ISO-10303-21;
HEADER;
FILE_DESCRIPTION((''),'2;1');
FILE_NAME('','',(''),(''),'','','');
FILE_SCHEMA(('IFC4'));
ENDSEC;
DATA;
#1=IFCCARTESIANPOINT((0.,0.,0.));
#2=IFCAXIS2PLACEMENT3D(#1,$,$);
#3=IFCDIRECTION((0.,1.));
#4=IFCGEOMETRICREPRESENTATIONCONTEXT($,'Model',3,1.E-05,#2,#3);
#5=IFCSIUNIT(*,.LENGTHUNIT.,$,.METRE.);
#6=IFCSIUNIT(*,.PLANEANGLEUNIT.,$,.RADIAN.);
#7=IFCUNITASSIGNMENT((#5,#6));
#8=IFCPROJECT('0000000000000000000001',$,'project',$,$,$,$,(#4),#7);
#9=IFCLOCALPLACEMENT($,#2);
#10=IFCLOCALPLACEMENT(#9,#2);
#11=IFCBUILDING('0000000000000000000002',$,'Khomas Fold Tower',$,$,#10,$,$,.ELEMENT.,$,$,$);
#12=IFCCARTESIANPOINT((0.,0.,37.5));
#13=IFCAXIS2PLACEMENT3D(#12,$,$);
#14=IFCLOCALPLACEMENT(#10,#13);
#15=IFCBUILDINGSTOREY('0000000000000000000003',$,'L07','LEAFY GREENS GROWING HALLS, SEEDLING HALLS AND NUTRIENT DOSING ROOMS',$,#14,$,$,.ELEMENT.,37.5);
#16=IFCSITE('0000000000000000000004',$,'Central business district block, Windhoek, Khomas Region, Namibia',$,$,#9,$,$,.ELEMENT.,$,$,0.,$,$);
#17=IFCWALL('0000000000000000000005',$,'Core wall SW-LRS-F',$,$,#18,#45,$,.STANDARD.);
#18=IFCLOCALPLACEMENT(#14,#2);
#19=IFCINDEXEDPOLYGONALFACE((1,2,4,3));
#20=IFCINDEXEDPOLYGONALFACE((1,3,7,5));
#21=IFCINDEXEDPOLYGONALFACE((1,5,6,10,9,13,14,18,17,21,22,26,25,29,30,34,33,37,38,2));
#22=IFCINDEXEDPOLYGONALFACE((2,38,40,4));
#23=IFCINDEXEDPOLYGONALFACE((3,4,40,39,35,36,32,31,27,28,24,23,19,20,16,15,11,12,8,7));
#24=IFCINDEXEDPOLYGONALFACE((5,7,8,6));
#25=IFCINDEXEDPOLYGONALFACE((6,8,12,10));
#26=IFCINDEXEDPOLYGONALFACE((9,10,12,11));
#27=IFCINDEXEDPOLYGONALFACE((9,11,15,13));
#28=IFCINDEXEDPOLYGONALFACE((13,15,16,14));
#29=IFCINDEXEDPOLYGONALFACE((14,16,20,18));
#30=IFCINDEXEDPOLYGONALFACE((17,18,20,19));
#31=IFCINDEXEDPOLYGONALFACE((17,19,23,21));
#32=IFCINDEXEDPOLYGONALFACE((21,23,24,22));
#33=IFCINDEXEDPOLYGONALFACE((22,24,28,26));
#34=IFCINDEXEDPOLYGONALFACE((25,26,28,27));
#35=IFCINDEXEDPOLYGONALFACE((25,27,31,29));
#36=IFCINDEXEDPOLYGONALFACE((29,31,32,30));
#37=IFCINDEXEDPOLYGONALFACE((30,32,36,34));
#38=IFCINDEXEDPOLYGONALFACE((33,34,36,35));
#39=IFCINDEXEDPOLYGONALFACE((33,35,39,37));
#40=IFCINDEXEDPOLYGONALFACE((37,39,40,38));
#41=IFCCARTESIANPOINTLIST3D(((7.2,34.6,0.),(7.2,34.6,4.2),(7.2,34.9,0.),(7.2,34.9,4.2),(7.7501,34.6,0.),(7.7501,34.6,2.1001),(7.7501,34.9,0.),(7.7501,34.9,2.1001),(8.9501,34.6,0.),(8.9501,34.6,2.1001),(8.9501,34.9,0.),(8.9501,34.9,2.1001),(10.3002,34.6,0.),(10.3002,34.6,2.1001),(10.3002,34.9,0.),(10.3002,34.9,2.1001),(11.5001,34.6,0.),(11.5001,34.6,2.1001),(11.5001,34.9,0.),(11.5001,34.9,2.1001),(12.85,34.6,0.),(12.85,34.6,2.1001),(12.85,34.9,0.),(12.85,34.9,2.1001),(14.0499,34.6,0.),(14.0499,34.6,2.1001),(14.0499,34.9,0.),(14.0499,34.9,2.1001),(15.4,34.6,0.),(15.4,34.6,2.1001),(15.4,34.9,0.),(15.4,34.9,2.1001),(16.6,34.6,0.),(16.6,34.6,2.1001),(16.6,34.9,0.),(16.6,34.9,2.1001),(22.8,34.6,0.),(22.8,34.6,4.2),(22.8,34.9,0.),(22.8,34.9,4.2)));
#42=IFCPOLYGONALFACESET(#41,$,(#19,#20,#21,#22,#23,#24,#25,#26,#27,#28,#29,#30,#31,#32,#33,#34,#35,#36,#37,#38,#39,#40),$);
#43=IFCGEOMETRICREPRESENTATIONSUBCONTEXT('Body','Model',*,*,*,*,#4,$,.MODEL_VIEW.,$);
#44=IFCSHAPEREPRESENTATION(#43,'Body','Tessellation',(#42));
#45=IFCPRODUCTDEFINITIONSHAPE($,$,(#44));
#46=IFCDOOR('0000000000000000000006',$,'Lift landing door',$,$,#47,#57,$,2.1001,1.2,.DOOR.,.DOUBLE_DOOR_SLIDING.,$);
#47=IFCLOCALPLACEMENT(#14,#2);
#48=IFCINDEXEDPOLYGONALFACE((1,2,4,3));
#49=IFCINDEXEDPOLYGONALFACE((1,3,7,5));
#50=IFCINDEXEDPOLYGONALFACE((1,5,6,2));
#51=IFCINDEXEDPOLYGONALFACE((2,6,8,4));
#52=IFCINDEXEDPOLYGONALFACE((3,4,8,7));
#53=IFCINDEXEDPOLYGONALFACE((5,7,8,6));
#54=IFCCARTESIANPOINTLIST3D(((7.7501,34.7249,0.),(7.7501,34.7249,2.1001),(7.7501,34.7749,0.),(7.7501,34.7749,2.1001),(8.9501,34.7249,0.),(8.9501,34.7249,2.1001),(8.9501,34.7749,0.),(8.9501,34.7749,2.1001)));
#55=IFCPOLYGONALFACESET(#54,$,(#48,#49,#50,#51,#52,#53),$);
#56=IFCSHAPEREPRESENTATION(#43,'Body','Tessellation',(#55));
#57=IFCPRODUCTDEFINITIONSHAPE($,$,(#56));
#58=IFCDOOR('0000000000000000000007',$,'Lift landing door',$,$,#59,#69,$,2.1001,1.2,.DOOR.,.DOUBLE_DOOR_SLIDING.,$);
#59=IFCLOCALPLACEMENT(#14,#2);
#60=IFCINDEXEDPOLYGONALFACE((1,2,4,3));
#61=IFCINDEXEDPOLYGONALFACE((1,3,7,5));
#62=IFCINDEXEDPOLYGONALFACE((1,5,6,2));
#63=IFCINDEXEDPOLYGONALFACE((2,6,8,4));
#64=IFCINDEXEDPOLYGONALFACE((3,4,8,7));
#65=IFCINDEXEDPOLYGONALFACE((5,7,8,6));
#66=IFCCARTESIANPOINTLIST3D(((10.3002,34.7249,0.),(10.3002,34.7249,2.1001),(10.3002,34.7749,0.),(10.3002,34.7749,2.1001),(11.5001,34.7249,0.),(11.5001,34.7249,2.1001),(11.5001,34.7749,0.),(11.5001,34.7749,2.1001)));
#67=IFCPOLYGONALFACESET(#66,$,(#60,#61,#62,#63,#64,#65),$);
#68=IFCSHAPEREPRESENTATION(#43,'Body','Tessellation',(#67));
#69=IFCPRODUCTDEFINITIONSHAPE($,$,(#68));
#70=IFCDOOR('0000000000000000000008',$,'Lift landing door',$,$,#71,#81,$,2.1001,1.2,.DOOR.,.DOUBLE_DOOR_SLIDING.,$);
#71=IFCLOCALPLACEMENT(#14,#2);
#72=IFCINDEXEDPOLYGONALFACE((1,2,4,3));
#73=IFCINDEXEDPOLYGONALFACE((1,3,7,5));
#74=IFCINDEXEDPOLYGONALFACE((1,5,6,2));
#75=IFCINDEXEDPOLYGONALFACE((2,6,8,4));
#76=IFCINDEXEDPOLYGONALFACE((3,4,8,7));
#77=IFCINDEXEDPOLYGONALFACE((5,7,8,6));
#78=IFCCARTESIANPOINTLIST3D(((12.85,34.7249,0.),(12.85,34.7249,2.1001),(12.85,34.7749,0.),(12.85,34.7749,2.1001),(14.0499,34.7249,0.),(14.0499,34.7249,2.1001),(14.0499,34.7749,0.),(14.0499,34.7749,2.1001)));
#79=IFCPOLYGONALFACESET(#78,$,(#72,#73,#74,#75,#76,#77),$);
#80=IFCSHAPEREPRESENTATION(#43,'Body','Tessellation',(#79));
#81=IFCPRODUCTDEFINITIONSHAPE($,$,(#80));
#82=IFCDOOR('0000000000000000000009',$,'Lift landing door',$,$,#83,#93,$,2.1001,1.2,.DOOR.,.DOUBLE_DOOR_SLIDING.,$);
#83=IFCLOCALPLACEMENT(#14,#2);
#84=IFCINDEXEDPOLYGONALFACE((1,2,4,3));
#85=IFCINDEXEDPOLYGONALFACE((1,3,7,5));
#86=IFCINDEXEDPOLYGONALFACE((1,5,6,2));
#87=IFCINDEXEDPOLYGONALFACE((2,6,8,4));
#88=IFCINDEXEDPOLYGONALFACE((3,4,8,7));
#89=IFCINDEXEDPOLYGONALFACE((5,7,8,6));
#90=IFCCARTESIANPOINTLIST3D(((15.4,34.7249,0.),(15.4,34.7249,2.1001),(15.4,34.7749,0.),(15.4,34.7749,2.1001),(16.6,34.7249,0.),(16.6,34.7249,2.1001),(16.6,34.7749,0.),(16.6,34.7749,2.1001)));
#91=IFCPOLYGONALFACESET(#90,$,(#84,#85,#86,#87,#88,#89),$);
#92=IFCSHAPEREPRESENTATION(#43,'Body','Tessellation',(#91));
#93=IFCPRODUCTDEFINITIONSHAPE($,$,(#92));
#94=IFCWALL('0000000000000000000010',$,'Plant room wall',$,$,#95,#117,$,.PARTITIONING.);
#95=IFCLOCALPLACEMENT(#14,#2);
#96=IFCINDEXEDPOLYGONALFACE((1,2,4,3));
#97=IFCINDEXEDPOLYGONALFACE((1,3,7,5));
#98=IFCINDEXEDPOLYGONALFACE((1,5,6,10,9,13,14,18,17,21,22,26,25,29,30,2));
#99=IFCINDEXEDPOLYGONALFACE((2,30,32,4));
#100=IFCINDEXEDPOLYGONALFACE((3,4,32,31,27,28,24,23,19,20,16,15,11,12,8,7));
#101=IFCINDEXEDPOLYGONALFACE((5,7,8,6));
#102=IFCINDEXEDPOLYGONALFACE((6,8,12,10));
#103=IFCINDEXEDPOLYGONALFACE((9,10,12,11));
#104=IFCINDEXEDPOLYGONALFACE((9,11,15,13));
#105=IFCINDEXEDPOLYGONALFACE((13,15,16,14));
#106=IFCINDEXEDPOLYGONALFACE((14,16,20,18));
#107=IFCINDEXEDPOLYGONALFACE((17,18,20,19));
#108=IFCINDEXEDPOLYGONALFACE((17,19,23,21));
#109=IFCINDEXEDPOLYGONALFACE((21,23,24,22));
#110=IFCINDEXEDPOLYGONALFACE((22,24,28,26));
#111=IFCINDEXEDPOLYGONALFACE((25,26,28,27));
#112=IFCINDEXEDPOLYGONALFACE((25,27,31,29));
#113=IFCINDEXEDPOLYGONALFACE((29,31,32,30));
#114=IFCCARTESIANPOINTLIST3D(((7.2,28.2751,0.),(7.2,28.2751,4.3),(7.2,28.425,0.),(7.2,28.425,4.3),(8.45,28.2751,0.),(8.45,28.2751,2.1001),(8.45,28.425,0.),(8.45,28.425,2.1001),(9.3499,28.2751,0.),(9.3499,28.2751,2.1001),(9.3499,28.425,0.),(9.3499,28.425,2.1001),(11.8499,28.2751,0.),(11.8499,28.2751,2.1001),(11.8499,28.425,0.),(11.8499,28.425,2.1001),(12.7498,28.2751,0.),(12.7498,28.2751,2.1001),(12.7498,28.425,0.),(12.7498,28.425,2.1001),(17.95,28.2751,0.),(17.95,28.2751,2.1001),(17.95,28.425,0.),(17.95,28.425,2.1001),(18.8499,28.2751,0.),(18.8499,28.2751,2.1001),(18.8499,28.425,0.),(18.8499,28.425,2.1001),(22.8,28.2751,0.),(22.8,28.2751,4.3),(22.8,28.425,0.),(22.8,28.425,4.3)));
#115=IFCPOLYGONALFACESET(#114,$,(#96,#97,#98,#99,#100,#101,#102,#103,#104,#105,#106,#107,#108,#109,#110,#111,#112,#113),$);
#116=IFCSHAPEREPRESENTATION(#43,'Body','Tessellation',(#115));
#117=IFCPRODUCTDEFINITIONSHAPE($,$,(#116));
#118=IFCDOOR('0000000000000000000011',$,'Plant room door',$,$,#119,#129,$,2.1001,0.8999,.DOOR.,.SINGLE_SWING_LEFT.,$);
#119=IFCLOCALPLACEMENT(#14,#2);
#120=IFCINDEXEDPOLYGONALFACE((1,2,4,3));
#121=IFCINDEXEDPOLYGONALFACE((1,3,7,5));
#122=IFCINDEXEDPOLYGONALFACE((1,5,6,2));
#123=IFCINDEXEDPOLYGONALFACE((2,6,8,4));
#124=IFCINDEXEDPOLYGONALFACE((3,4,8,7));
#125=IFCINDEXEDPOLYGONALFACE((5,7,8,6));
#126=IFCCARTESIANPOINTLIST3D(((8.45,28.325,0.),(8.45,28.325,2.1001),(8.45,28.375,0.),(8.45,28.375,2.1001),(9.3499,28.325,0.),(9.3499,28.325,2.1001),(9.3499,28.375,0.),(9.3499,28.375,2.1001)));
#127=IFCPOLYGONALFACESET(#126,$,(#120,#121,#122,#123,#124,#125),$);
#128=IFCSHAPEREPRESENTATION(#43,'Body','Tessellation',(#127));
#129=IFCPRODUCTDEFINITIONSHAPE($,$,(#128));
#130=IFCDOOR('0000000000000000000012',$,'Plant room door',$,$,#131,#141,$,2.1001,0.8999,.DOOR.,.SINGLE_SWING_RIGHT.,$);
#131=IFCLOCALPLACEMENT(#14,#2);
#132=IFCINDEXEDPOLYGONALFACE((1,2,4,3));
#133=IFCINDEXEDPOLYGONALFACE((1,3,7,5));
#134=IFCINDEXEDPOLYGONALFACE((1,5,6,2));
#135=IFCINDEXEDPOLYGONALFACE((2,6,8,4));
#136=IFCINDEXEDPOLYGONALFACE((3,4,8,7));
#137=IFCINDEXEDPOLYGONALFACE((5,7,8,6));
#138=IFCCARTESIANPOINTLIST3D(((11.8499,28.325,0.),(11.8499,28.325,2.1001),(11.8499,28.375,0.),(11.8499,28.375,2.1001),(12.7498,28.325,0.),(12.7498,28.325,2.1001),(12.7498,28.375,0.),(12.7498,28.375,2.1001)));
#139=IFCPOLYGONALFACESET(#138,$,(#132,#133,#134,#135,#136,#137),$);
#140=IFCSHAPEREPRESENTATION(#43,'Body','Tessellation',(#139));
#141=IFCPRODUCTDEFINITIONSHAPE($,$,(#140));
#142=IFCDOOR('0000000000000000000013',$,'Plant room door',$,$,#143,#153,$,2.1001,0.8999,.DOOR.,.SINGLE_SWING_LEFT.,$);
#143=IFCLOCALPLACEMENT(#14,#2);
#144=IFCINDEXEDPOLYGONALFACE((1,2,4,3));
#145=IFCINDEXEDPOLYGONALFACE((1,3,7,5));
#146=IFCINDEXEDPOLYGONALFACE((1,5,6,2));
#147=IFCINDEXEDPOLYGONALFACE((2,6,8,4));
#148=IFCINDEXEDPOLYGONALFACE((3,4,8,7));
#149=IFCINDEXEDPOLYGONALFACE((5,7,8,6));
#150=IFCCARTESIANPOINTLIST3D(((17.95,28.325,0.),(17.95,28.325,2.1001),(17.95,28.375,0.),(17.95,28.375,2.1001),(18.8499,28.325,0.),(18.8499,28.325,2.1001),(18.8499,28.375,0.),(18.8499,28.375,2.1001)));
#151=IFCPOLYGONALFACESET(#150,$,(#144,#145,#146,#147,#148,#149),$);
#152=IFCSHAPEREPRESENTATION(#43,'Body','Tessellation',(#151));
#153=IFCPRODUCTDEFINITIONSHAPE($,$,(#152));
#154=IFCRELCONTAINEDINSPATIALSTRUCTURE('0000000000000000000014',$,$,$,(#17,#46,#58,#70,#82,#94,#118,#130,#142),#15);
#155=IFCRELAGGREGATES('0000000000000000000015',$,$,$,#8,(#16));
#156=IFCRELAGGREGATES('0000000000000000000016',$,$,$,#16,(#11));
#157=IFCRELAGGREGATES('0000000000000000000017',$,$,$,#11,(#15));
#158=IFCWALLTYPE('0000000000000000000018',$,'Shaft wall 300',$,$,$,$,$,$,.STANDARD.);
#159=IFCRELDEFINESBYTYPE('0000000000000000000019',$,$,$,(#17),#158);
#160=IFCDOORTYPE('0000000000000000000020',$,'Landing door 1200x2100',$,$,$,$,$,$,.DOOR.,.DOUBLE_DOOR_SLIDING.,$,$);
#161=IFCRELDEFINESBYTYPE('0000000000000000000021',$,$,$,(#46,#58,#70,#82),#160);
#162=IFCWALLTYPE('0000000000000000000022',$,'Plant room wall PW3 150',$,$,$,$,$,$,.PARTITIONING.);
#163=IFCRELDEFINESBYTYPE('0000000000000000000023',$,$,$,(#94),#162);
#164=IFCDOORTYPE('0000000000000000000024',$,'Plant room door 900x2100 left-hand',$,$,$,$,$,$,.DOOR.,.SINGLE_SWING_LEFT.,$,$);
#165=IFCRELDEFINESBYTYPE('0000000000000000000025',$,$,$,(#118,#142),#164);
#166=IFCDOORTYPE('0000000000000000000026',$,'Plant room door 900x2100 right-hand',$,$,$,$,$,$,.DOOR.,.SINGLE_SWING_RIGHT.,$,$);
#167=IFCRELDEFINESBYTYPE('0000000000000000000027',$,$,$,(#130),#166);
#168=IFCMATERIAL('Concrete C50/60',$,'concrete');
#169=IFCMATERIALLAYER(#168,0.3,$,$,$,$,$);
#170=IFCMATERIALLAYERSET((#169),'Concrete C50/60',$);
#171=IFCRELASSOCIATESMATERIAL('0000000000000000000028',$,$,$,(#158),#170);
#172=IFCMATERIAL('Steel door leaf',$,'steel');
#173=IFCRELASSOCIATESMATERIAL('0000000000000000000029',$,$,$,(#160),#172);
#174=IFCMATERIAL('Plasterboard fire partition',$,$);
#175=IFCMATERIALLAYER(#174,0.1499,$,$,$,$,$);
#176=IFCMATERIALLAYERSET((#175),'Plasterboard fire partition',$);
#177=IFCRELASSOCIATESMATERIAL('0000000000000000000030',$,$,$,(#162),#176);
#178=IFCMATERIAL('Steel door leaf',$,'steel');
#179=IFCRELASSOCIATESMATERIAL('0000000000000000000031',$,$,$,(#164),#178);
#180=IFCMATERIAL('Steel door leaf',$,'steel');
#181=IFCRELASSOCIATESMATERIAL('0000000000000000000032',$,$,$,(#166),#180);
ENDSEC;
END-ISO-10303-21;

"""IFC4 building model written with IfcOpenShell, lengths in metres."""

from ifc_helpers import new_model, si_unit, direction, frame, frame_2d, origin, place, context, subcontext, project, spatial, rectangle, extrude, source, transform, mapped, material, layer, layer_set, type_object, element, fill, save


model = new_model("IFC4")

# Units and contexts
model_context = context("Model", 3, precision=1e-05, world=origin(), true_north=direction((0.0, 1.0)))
body_context = subcontext(model_context, "Body", "Model", "MODEL_VIEW")
ifc_project = project(units=[si_unit("LENGTHUNIT", "METRE"), si_unit("PLANEANGLEUNIT", "RADIAN")], contexts=[model_context])

# Site, building, storey
site_placement = place(None, origin())
site = spatial("IfcSite", under=ifc_project, at=site_placement, Name="Central business district block, Windhoek, Khomas Region, Namibia", CompositionType="ELEMENT", RefElevation=0.0)
building_placement = place(site_placement, origin())
building = spatial("IfcBuilding", under=site, at=building_placement, Name="Khomas Fold Tower", CompositionType="ELEMENT")
storey_placement = place(building_placement, frame((0.0, 0.0, 37.5)))
storey = spatial("IfcBuildingStorey", under=building, at=storey_placement, Name="L07", Description="LEAFY GREENS GROWING HALLS, SEEDLING HALLS AND NUTRIENT DOSING ROOMS", CompositionType="ELEMENT", Elevation=37.5)

# Shared definitions
ifc_material_1 = material(Name="Concrete C50/60", Category="concrete")
ifc_layer_1 = layer(ifc_material_1, 0.3)
ifc_layer_set_1 = layer_set([ifc_layer_1], Name="Concrete C50/60")
wall_type_1 = type_object("IfcWallType", Name="Shaft wall 300", PredefinedType="STANDARD", material=ifc_layer_set_1)
shared_shape_1 = source(origin(), body_context, "Body", "SweptSolid", [
    extrude(rectangle(XDim=15.6001, YDim=0.3, at=frame_2d((7.8, 0.0))), origin(), (0.0, 0.0, 1.0), 4.2),
])

# Walls, openings, doors
wall_1_placement = place(storey_placement, frame((7.2, 34.75, 0.0), z_axis=(0.0, 0.0, 1.0), x_axis=(1.0, 0.0, 0.0)))
wall_1 = element("IfcWall", 1, at=wall_1_placement, inside=storey, type_object=wall_type_1, Name="Core wall SW-LRS-F", PredefinedType="STANDARD", context=body_context, shape_type="MappedRepresentation", body=[
    mapped(shared_shape_1, transform((0.0, 0.0, 0.0))),
])
shared_shape_2 = source(origin(), body_context, "Body", "SweptSolid", [
    extrude(rectangle(XDim=1.2, YDim=2.1001, at=frame_2d((0.6001, 1.05))), frame((0.0, 0.1599, 0.0), z_axis=(0.0, -1.0, 0.0), x_axis=(1.0, 0.0, 0.0)), (0.0, 0.0, 1.0), 0.3201),
])
opening_1_placement = place(wall_1_placement, frame((0.55, 0.0, 0.0)))
opening_1 = element("IfcOpeningElement", 2, at=opening_1_placement, cuts=wall_1, PredefinedType="OPENING", context=body_context, shape_type="MappedRepresentation", body=[
    mapped(shared_shape_2, transform((0.0, 0.0, 0.0))),
])
opening_2_placement = place(wall_1_placement, frame((3.1001, 0.0, 0.0)))
opening_2 = element("IfcOpeningElement", 3, at=opening_2_placement, cuts=wall_1, PredefinedType="OPENING", context=body_context, shape_type="MappedRepresentation", body=[
    mapped(shared_shape_2, transform((0.0, 0.0, 0.0))),
])
opening_3_placement = place(wall_1_placement, frame((5.6499, 0.0, 0.0)))
opening_3 = element("IfcOpeningElement", 4, at=opening_3_placement, cuts=wall_1, PredefinedType="OPENING", context=body_context, shape_type="MappedRepresentation", body=[
    mapped(shared_shape_2, transform((0.0, 0.0, 0.0))),
])
opening_4_placement = place(wall_1_placement, frame((8.2, 0.0, 0.0)))
opening_4 = element("IfcOpeningElement", 5, at=opening_4_placement, cuts=wall_1, PredefinedType="OPENING", context=body_context, shape_type="MappedRepresentation", body=[
    mapped(shared_shape_2, transform((0.0, 0.0, 0.0))),
])
ifc_material_2 = material(Name="Steel door leaf", Category="steel")
door_type_1 = type_object("IfcDoorType", Name="Landing door 1200x2100", OperationType="DOUBLE_DOOR_SLIDING", PredefinedType="DOOR", material=ifc_material_2)
shared_shape_3 = source(origin(), body_context, "Body", "SweptSolid", [
    extrude(rectangle(XDim=1.2, YDim=2.1001, at=frame_2d((0.6001, 1.05))), frame((0.0, 0.0249, 0.0), z_axis=(0.0, -1.0, 0.0), x_axis=(1.0, 0.0, 0.0)), (0.0, 0.0, 1.0), 0.05),
])
door_1_placement = place(opening_1_placement, origin())
door_1 = element("IfcDoor", 6, at=door_1_placement, inside=storey, type_object=door_type_1, Name="Lift landing door", OperationType="DOUBLE_DOOR_SLIDING", OverallHeight=2.1001, OverallWidth=1.2, PredefinedType="DOOR", context=body_context, shape_type="MappedRepresentation", body=[
    mapped(shared_shape_3, transform((0.0, 0.0, 0.0))),
])
fill(opening_1, door_1)
door_2_placement = place(opening_2_placement, origin())
door_2 = element("IfcDoor", 7, at=door_2_placement, inside=storey, type_object=door_type_1, Name="Lift landing door", OperationType="DOUBLE_DOOR_SLIDING", OverallHeight=2.1001, OverallWidth=1.2, PredefinedType="DOOR", context=body_context, shape_type="MappedRepresentation", body=[
    mapped(shared_shape_3, transform((0.0, 0.0, 0.0))),
])
fill(opening_2, door_2)
door_3_placement = place(opening_3_placement, origin())
door_3 = element("IfcDoor", 8, at=door_3_placement, inside=storey, type_object=door_type_1, Name="Lift landing door", OperationType="DOUBLE_DOOR_SLIDING", OverallHeight=2.1001, OverallWidth=1.2, PredefinedType="DOOR", context=body_context, shape_type="MappedRepresentation", body=[
    mapped(shared_shape_3, transform((0.0, 0.0, 0.0))),
])
fill(opening_3, door_3)
door_4_placement = place(opening_4_placement, origin())
door_4 = element("IfcDoor", 9, at=door_4_placement, inside=storey, type_object=door_type_1, Name="Lift landing door", OperationType="DOUBLE_DOOR_SLIDING", OverallHeight=2.1001, OverallWidth=1.2, PredefinedType="DOOR", context=body_context, shape_type="MappedRepresentation", body=[
    mapped(shared_shape_3, transform((0.0, 0.0, 0.0))),
])
fill(opening_4, door_4)
ifc_material_3 = material(Name="Plasterboard fire partition")
ifc_layer_2 = layer(ifc_material_3, 0.1499)
ifc_layer_set_2 = layer_set([ifc_layer_2], Name="Plasterboard fire partition")
wall_type_2 = type_object("IfcWallType", Name="Plant room wall PW3 150", PredefinedType="PARTITIONING", material=ifc_layer_set_2)
shared_shape_4 = source(origin(), body_context, "Body", "SweptSolid", [
    extrude(rectangle(XDim=15.6001, YDim=0.1499, at=frame_2d((7.8, 0.0))), origin(), (0.0, 0.0, 1.0), 4.3),
])
wall_2_placement = place(storey_placement, frame((7.2, 28.3501, 0.0), z_axis=(0.0, 0.0, 1.0), x_axis=(1.0, 0.0, 0.0)))
wall_2 = element("IfcWall", 10, at=wall_2_placement, inside=storey, type_object=wall_type_2, Name="Plant room wall", PredefinedType="PARTITIONING", context=body_context, shape_type="MappedRepresentation", body=[
    mapped(shared_shape_4, transform((0.0, 0.0, 0.0))),
])
shared_shape_5 = source(origin(), body_context, "Body", "SweptSolid", [
    extrude(rectangle(XDim=0.8999, YDim=2.1001, at=frame_2d((0.45, 1.05))), frame((0.0, 0.085, 0.0), z_axis=(0.0, -1.0, 0.0), x_axis=(1.0, 0.0, 0.0)), (0.0, 0.0, 1.0), 0.1699),
])
opening_5_placement = place(wall_2_placement, frame((1.25, 0.0, 0.0)))
opening_5 = element("IfcOpeningElement", 11, at=opening_5_placement, cuts=wall_2, PredefinedType="OPENING", context=body_context, shape_type="MappedRepresentation", body=[
    mapped(shared_shape_5, transform((0.0, 0.0, 0.0))),
])
opening_6_placement = place(wall_2_placement, frame((4.6499, 0.0, 0.0)))
opening_6 = element("IfcOpeningElement", 12, at=opening_6_placement, cuts=wall_2, PredefinedType="OPENING", context=body_context, shape_type="MappedRepresentation", body=[
    mapped(shared_shape_5, transform((0.0, 0.0, 0.0))),
])
opening_7_placement = place(wall_2_placement, frame((10.75, 0.0, 0.0)))
opening_7 = element("IfcOpeningElement", 13, at=opening_7_placement, cuts=wall_2, PredefinedType="OPENING", context=body_context, shape_type="MappedRepresentation", body=[
    mapped(shared_shape_5, transform((0.0, 0.0, 0.0))),
])
ifc_material_4 = material(Name="Steel door leaf", Category="steel")
door_type_2 = type_object("IfcDoorType", Name="Plant room door 900x2100 left-hand", OperationType="SINGLE_SWING_LEFT", PredefinedType="DOOR", material=ifc_material_4)
shared_shape_6 = source(origin(), body_context, "Body", "SweptSolid", [
    extrude(rectangle(XDim=0.8999, YDim=2.1001, at=frame_2d((0.45, 1.05))), frame((0.0, 0.0249, 0.0), z_axis=(0.0, -1.0, 0.0), x_axis=(1.0, 0.0, 0.0)), (0.0, 0.0, 1.0), 0.05),
])
door_5_placement = place(opening_5_placement, origin())
door_5 = element("IfcDoor", 14, at=door_5_placement, inside=storey, type_object=door_type_2, Name="Plant room door", OperationType="SINGLE_SWING_LEFT", OverallHeight=2.1001, OverallWidth=0.8999, PredefinedType="DOOR", context=body_context, shape_type="MappedRepresentation", body=[
    mapped(shared_shape_6, transform((0.0, 0.0, 0.0))),
])
fill(opening_5, door_5)
ifc_material_5 = material(Name="Steel door leaf", Category="steel")
door_type_3 = type_object("IfcDoorType", Name="Plant room door 900x2100 right-hand", OperationType="SINGLE_SWING_RIGHT", PredefinedType="DOOR", material=ifc_material_5)
door_6_placement = place(opening_6_placement, origin())
door_6 = element("IfcDoor", 15, at=door_6_placement, inside=storey, type_object=door_type_3, Name="Plant room door", OperationType="SINGLE_SWING_RIGHT", OverallHeight=2.1001, OverallWidth=0.8999, PredefinedType="DOOR", context=body_context, shape_type="MappedRepresentation", body=[
    mapped(shared_shape_6, transform((0.0, 0.0, 0.0))),
])
fill(opening_6, door_6)
door_7_placement = place(opening_7_placement, origin())
door_7 = element("IfcDoor", 16, at=door_7_placement, inside=storey, type_object=door_type_2, Name="Plant room door", OperationType="SINGLE_SWING_LEFT", OverallHeight=2.1001, OverallWidth=0.8999, PredefinedType="DOOR", context=body_context, shape_type="MappedRepresentation", body=[
    mapped(shared_shape_6, transform((0.0, 0.0, 0.0))),
])
fill(opening_7, door_7)

save(model, "model.ifc")
